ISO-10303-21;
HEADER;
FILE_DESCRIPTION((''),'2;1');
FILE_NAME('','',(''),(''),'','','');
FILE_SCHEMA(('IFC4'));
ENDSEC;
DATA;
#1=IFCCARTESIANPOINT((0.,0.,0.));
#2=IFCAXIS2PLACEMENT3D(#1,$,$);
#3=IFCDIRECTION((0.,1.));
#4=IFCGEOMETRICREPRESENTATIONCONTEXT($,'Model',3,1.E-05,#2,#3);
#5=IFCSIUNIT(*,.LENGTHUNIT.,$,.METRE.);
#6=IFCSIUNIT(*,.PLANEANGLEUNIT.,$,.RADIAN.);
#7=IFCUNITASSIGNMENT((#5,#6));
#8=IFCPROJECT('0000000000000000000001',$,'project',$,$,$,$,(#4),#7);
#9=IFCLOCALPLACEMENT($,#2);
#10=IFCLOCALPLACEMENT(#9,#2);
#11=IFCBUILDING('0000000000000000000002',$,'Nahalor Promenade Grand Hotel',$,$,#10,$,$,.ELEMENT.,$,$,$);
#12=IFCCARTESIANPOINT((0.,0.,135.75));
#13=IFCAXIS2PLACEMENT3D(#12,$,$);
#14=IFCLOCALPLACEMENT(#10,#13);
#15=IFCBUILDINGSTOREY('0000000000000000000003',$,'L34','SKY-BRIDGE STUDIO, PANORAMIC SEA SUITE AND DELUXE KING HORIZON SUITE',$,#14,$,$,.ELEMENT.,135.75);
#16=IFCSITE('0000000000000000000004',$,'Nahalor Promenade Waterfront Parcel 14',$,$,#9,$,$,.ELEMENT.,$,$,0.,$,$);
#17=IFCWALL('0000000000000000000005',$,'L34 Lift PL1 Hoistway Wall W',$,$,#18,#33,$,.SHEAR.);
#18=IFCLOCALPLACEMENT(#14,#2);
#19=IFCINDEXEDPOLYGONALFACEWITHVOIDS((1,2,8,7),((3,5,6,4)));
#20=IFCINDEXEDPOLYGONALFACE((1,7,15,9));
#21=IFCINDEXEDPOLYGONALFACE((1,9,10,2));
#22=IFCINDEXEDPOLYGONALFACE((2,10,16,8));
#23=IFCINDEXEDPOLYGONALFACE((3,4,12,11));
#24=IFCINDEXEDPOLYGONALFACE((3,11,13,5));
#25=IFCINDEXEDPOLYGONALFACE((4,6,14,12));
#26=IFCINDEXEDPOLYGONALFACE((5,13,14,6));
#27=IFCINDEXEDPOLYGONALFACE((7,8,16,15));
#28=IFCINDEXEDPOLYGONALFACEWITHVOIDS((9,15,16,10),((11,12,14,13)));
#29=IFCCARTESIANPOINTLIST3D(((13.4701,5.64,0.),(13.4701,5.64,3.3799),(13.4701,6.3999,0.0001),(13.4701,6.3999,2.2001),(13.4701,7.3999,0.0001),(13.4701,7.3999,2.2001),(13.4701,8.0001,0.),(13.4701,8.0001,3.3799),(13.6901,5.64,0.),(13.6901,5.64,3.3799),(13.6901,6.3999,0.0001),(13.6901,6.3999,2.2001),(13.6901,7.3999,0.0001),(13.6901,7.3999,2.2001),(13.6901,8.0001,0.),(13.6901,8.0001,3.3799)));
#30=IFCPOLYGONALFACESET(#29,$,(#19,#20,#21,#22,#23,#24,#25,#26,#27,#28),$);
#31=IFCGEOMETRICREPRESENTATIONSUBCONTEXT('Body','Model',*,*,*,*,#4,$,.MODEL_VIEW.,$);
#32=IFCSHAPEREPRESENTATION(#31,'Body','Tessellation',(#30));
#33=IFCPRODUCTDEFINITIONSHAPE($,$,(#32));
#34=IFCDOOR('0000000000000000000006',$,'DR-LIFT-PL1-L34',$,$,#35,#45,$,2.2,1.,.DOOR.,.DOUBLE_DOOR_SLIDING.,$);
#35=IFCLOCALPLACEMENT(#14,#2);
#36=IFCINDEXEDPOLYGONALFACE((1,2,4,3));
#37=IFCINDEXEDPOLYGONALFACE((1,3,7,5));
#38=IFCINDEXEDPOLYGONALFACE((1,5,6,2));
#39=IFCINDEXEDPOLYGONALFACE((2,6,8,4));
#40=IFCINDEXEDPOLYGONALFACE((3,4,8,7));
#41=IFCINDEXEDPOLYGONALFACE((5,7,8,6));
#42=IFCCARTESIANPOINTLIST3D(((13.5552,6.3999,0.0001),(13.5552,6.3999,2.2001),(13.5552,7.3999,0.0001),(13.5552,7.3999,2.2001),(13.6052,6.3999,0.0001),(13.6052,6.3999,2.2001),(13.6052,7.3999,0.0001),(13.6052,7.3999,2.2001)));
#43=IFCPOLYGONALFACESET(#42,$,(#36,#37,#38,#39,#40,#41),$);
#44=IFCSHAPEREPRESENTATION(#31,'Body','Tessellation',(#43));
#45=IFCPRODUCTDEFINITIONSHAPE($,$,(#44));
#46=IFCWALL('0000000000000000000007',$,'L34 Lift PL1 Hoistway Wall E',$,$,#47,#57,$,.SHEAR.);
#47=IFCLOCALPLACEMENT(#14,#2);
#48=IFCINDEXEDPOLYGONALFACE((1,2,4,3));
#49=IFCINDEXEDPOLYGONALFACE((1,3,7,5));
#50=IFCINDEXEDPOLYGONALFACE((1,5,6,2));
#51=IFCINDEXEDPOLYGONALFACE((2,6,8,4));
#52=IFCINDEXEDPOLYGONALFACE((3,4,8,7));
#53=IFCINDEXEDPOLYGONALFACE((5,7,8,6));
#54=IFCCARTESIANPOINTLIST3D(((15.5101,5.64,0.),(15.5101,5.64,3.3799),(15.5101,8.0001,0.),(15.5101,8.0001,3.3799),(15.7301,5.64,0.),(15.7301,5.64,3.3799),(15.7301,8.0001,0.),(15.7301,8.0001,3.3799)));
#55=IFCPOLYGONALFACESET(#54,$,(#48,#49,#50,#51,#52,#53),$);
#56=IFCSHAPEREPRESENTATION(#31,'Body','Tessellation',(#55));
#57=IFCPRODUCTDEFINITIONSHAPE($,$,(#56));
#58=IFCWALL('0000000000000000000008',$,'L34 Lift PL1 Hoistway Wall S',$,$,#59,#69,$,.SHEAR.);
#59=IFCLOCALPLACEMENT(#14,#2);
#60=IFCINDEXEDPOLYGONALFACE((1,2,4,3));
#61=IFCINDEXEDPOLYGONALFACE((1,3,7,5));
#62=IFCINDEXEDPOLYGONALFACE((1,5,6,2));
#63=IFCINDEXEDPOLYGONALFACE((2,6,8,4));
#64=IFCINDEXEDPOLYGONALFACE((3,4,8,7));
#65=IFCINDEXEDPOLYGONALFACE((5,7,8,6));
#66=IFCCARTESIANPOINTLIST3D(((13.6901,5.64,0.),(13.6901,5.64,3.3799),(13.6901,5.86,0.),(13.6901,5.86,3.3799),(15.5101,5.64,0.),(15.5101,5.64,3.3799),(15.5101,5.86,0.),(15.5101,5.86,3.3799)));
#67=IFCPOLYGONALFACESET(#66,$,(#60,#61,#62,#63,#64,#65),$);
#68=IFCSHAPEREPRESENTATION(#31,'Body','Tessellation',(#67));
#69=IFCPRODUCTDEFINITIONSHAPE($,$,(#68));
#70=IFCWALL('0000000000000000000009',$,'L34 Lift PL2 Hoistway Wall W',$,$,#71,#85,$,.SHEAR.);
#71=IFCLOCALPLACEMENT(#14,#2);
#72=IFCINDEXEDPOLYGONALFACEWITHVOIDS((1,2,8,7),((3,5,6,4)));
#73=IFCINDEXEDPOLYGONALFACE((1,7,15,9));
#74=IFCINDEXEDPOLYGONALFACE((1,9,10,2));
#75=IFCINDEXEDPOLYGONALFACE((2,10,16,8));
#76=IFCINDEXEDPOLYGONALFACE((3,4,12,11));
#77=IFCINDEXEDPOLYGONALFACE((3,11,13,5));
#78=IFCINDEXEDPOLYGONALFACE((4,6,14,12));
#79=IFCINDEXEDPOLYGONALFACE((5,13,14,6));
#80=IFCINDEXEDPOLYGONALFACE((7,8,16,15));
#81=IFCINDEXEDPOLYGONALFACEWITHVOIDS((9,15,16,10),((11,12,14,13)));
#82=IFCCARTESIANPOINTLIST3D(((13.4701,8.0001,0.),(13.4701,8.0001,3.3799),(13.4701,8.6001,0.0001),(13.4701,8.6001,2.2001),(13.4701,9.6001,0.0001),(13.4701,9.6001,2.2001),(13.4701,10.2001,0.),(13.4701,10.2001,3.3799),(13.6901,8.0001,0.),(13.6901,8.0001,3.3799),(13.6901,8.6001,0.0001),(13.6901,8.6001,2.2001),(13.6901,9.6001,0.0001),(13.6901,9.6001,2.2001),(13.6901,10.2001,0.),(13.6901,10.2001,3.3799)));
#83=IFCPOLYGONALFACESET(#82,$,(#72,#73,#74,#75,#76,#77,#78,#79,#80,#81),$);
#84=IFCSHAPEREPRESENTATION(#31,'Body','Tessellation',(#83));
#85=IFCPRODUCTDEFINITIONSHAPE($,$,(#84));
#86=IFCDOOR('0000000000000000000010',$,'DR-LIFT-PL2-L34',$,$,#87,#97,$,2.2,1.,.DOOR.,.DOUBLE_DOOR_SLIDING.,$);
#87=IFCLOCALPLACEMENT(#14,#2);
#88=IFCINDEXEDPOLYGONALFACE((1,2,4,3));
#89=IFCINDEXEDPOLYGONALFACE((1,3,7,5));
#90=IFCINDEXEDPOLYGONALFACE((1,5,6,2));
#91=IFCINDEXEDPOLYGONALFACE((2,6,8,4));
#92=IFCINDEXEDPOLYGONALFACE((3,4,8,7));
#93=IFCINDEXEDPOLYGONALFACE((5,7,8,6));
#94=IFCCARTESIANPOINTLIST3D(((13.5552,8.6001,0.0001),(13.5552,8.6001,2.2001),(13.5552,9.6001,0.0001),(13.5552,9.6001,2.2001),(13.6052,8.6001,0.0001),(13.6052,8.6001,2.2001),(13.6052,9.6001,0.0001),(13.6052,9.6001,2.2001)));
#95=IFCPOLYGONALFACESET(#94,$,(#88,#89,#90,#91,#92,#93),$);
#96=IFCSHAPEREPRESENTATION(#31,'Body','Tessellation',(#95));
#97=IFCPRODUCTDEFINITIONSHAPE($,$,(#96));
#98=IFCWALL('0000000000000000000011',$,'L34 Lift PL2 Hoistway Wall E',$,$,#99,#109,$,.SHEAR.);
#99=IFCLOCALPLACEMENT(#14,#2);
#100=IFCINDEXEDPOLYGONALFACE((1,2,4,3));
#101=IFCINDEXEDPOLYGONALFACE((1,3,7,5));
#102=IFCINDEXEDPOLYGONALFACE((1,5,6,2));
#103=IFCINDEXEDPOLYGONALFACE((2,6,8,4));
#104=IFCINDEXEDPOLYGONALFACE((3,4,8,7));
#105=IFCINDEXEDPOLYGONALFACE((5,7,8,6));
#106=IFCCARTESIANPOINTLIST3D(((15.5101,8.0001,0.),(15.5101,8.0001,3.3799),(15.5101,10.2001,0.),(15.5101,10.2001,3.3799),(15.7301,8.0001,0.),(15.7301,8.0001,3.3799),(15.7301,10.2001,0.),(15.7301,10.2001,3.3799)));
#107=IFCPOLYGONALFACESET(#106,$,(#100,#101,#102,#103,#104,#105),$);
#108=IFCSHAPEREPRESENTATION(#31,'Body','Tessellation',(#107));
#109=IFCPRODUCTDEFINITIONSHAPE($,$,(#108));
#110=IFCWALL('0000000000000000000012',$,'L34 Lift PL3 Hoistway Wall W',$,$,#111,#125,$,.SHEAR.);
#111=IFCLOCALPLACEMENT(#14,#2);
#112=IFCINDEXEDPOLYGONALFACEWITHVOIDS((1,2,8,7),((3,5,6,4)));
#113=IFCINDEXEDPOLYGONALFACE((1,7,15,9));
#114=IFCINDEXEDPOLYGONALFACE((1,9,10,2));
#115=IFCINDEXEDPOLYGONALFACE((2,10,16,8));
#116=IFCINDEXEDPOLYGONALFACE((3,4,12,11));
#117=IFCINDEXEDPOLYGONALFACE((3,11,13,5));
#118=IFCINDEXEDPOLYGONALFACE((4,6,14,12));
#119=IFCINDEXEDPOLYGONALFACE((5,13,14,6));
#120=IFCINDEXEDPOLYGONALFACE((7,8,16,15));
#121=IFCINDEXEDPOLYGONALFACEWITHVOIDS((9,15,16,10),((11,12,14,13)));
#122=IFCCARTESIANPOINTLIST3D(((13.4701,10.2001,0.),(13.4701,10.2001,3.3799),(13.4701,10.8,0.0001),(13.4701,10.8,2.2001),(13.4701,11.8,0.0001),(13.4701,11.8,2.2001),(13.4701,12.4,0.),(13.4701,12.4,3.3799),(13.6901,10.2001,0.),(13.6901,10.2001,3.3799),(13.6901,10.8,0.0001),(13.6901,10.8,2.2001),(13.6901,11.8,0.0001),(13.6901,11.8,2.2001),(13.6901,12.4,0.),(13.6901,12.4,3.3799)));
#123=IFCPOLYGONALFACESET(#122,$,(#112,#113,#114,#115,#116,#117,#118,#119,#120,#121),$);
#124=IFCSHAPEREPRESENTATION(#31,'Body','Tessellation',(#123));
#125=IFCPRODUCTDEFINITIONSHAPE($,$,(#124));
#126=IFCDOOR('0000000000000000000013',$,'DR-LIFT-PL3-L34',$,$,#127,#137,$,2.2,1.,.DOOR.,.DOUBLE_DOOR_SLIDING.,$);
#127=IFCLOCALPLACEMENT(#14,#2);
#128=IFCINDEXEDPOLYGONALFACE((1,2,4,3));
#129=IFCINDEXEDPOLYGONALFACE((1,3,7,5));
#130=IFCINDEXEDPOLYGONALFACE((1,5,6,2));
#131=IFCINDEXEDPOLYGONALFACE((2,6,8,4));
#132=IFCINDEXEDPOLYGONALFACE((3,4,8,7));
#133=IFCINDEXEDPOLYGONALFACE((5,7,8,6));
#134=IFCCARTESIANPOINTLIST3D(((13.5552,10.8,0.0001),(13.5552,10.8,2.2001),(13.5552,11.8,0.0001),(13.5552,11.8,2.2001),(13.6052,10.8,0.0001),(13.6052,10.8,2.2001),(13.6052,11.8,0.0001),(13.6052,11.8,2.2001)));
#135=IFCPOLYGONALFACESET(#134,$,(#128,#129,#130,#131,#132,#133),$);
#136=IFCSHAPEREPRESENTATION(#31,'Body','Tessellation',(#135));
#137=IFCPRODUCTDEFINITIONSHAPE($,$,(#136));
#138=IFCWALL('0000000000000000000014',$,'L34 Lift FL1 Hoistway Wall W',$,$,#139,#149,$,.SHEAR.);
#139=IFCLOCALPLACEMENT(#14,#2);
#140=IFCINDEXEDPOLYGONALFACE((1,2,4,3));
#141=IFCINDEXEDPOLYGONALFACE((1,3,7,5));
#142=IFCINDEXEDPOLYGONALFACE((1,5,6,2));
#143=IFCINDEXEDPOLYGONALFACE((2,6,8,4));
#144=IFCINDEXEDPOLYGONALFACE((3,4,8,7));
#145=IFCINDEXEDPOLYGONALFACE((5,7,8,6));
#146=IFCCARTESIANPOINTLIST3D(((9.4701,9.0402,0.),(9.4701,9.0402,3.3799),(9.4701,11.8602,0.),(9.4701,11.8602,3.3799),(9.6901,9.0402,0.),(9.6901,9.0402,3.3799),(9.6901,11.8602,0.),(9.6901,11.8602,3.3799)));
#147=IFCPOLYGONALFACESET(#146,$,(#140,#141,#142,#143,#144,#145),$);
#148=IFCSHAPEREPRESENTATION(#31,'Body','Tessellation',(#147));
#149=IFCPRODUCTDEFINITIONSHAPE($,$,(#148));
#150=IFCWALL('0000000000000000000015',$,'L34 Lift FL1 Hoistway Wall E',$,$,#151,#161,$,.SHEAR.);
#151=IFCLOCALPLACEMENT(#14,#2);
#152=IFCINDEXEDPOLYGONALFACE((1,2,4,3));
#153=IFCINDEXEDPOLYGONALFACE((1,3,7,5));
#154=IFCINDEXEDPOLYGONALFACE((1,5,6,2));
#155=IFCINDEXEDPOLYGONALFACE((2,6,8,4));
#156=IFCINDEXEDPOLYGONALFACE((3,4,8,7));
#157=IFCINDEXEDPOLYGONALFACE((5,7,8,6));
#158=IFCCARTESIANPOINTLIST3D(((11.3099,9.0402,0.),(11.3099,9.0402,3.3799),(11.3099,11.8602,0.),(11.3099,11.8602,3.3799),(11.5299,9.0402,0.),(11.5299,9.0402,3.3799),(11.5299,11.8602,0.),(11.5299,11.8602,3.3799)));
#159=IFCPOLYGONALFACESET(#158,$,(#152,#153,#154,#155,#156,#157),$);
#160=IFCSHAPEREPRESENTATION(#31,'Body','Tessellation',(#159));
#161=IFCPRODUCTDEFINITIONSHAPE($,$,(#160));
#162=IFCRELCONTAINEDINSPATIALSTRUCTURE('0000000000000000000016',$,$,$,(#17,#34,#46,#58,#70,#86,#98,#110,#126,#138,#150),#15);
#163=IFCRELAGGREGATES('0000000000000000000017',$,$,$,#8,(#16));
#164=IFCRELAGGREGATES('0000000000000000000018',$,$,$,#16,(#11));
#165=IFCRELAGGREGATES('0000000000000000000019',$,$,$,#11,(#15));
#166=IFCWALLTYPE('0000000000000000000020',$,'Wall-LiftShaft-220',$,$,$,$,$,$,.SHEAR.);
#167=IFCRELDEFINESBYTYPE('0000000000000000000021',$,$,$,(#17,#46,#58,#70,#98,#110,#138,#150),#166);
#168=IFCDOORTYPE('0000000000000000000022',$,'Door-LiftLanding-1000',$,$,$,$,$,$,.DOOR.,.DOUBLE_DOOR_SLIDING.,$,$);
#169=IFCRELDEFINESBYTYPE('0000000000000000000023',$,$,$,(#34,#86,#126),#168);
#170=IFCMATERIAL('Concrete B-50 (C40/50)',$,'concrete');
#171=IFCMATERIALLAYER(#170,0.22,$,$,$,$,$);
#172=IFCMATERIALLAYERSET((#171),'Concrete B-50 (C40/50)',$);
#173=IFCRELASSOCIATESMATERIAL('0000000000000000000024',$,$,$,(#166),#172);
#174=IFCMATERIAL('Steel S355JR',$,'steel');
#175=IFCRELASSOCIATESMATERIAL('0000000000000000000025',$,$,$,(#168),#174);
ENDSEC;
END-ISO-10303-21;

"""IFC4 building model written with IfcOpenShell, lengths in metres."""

from ifc_helpers import new_model, si_unit, direction, frame, frame_2d, origin, place, context, subcontext, project, spatial, rectangle, extrude, source, transform, mapped, material, layer, layer_set, type_object, element, fill, save


model = new_model("IFC4")

# Units and contexts
model_context = context("Model", 3, precision=1e-05, world=origin(), true_north=direction((0.0, 1.0)))
body_context = subcontext(model_context, "Body", "Model", "MODEL_VIEW")
ifc_project = project(units=[si_unit("LENGTHUNIT", "METRE"), si_unit("PLANEANGLEUNIT", "RADIAN")], contexts=[model_context])

# Site, building, storey
site_placement = place(None, origin())
site = spatial("IfcSite", under=ifc_project, at=site_placement, Name="Nahalor Promenade Waterfront Parcel 14", CompositionType="ELEMENT", RefElevation=0.0)
building_placement = place(site_placement, origin())
building = spatial("IfcBuilding", under=site, at=building_placement, Name="Nahalor Promenade Grand Hotel", CompositionType="ELEMENT")
storey_placement = place(building_placement, frame((0.0, 0.0, 135.75)))
storey = spatial("IfcBuildingStorey", under=building, at=storey_placement, Name="L34", Description="SKY-BRIDGE STUDIO, PANORAMIC SEA SUITE AND DELUXE KING HORIZON SUITE", CompositionType="ELEMENT", Elevation=135.75)

# Shared definitions
ifc_material_1 = material(Name="Steel S355JR", Category="steel")

# Shared definitions
ifc_material_2 = material(Name="Concrete B-50 (C40/50)", Category="concrete")

# Shared definitions
ifc_layer_1 = layer(ifc_material_2, 0.22)
ifc_layer_set_1 = layer_set([ifc_layer_1], Name="Concrete B-50 (C40/50)")
wall_type_1 = type_object("IfcWallType", Name="Wall-LiftShaft-220", PredefinedType="SHEAR", material=ifc_layer_set_1)

# Wall, opening, door
shared_shape_1 = source(origin(), body_context, "Body", "SweptSolid", [
    extrude(rectangle(XDim=2.3601, YDim=0.22, at=frame_2d((1.1802, 0.0))), origin(), (0.0, 0.0, 1.0), 3.3799),
])
wall_1_placement = place(storey_placement, frame((13.5801, 5.6399, 0.0), z_axis=(0.0, 0.0, 1.0), x_axis=(0.0, 1.0, 0.0)))
wall_1 = element("IfcWall", 1, at=wall_1_placement, inside=storey, type_object=wall_type_1, Name="L34 Lift PL1 Hoistway Wall W", PredefinedType="SHEAR", context=body_context, shape_type="MappedRepresentation", body=[
    mapped(shared_shape_1, transform((0.0, 0.0, 0.0), scale=1.0)),
])
opening_1_placement = place(wall_1_placement, frame((0.76, 0.0, 0.0)))
opening_1 = element("IfcOpeningElement", 2, at=opening_1_placement, cuts=wall_1, PredefinedType="OPENING", context=body_context, shape_type="SweptSolid", body=[
    extrude(rectangle(XDim=1.0, YDim=2.2, at=frame_2d((0.5, 1.1001))), frame((0.0, 0.1199, 0.0), z_axis=(0.0, -1.0, 0.0), x_axis=(1.0, 0.0, 0.0)), (0.0, 0.0, 1.0), 0.24),
])
door_type_1 = type_object("IfcDoorType", Name="Door-LiftLanding-1000", OperationType="DOUBLE_DOOR_SLIDING", PredefinedType="DOOR", material=ifc_material_1)
shared_shape_2 = source(origin(), body_context, "Body", "SweptSolid", [
    extrude(rectangle(XDim=1.0, YDim=2.2, at=frame_2d((0.5, 1.1001))), frame((0.0, 0.0249, 0.0), z_axis=(0.0, -1.0, 0.0), x_axis=(1.0, 0.0, 0.0)), (0.0, 0.0, 1.0), 0.05),
])
door_1_placement = place(opening_1_placement, origin())
door_1 = element("IfcDoor", 3, at=door_1_placement, inside=storey, type_object=door_type_1, Name="DR-LIFT-PL1-L34", OperationType="DOUBLE_DOOR_SLIDING", OverallHeight=2.2, OverallWidth=1.0, PredefinedType="DOOR", context=body_context, shape_type="MappedRepresentation", body=[
    mapped(shared_shape_2, transform((0.0, 0.0, 0.0), scale=1.0)),
])
fill(opening_1, door_1)

# Walls
wall_2_placement = place(storey_placement, frame((15.6201, 5.6399, 0.0), z_axis=(0.0, 0.0, 1.0), x_axis=(0.0, 1.0, 0.0)))
element("IfcWall", 4, at=wall_2_placement, inside=storey, type_object=wall_type_1, Name="L34 Lift PL1 Hoistway Wall E", PredefinedType="SHEAR", context=body_context, shape_type="MappedRepresentation", body=[
    mapped(shared_shape_1, transform((0.0, 0.0, 0.0), scale=1.0)),
])
shared_shape_3 = source(origin(), body_context, "Body", "SweptSolid", [
    extrude(rectangle(XDim=1.8201, YDim=0.22, at=frame_2d((0.9102, 0.0))), origin(), (0.0, 0.0, 1.0), 3.3799),
])
wall_3_placement = place(storey_placement, frame((13.6899, 5.75, 0.0), z_axis=(0.0, 0.0, 1.0), x_axis=(1.0, 0.0, 0.0)))
element("IfcWall", 5, at=wall_3_placement, inside=storey, type_object=wall_type_1, Name="L34 Lift PL1 Hoistway Wall S", PredefinedType="SHEAR", context=body_context, shape_type="MappedRepresentation", body=[
    mapped(shared_shape_3, transform((0.0, 0.0, 0.0), scale=1.0)),
])

# Wall, opening, door
shared_shape_4 = source(origin(), body_context, "Body", "SweptSolid", [
    extrude(rectangle(XDim=2.2, YDim=0.22, at=frame_2d((1.1001, 0.0))), origin(), (0.0, 0.0, 1.0), 3.3799),
])
wall_4_placement = place(storey_placement, frame((13.5801, 8.0, 0.0), z_axis=(0.0, 0.0, 1.0), x_axis=(0.0, 1.0, 0.0)))
wall_4 = element("IfcWall", 6, at=wall_4_placement, inside=storey, type_object=wall_type_1, Name="L34 Lift PL2 Hoistway Wall W", PredefinedType="SHEAR", context=body_context, shape_type="MappedRepresentation", body=[
    mapped(shared_shape_4, transform((0.0, 0.0, 0.0), scale=1.0)),
])
opening_2_placement = place(wall_4_placement, frame((0.6001, 0.0, 0.0)))
opening_2 = element("IfcOpeningElement", 7, at=opening_2_placement, cuts=wall_4, PredefinedType="OPENING", context=body_context, shape_type="SweptSolid", body=[
    extrude(rectangle(XDim=1.0, YDim=2.2, at=frame_2d((0.5, 1.1001))), frame((0.0, 0.1199, 0.0), z_axis=(0.0, -1.0, 0.0), x_axis=(1.0, 0.0, 0.0)), (0.0, 0.0, 1.0), 0.24),
])
door_2_placement = place(opening_2_placement, origin())
door_2 = element("IfcDoor", 8, at=door_2_placement, inside=storey, type_object=door_type_1, Name="DR-LIFT-PL2-L34", OperationType="DOUBLE_DOOR_SLIDING", OverallHeight=2.2, OverallWidth=1.0, PredefinedType="DOOR", context=body_context, shape_type="MappedRepresentation", body=[
    mapped(shared_shape_2, transform((0.0, 0.0, 0.0), scale=1.0)),
])
fill(opening_2, door_2)

# Wall
wall_5_placement = place(storey_placement, frame((15.6201, 8.0, 0.0), z_axis=(0.0, 0.0, 1.0), x_axis=(0.0, 1.0, 0.0)))
element("IfcWall", 9, at=wall_5_placement, inside=storey, type_object=wall_type_1, Name="L34 Lift PL2 Hoistway Wall E", PredefinedType="SHEAR", context=body_context, shape_type="MappedRepresentation", body=[
    mapped(shared_shape_4, transform((0.0, 0.0, 0.0), scale=1.0)),
])

# Wall, opening, door
wall_6_placement = place(storey_placement, frame((13.5801, 10.2, 0.0), z_axis=(0.0, 0.0, 1.0), x_axis=(0.0, 1.0, 0.0)))
wall_6 = element("IfcWall", 10, at=wall_6_placement, inside=storey, type_object=wall_type_1, Name="L34 Lift PL3 Hoistway Wall W", PredefinedType="SHEAR", context=body_context, shape_type="MappedRepresentation", body=[
    mapped(shared_shape_4, transform((0.0, 0.0, 0.0), scale=1.0)),
])
opening_3_placement = place(wall_6_placement, frame((0.6001, 0.0, 0.0)))
opening_3 = element("IfcOpeningElement", 11, at=opening_3_placement, cuts=wall_6, PredefinedType="OPENING", context=body_context, shape_type="SweptSolid", body=[
    extrude(rectangle(XDim=1.0, YDim=2.2, at=frame_2d((0.5, 1.1001))), frame((0.0, 0.1199, 0.0), z_axis=(0.0, -1.0, 0.0), x_axis=(1.0, 0.0, 0.0)), (0.0, 0.0, 1.0), 0.24),
])
door_3_placement = place(opening_3_placement, origin())
door_3 = element("IfcDoor", 12, at=door_3_placement, inside=storey, type_object=door_type_1, Name="DR-LIFT-PL3-L34", OperationType="DOUBLE_DOOR_SLIDING", OverallHeight=2.2, OverallWidth=1.0, PredefinedType="DOOR", context=body_context, shape_type="MappedRepresentation", body=[
    mapped(shared_shape_2, transform((0.0, 0.0, 0.0), scale=1.0)),
])
fill(opening_3, door_3)

# Walls
shared_shape_5 = source(origin(), body_context, "Body", "SweptSolid", [
    extrude(rectangle(XDim=2.8201, YDim=0.22, at=frame_2d((1.4102, 0.0))), origin(), (0.0, 0.0, 1.0), 3.3799),
])
for number, where, z_axis, x_axis, name in (
    (13, (9.5801, 9.04, 0.0), (0.0, 0.0, 1.0), (0.0, 1.0, 0.0), "L34 Lift FL1 Hoistway Wall W"),
    (14, (11.4199, 9.04, 0.0), (0.0, 0.0, 1.0), (0.0, 1.0, 0.0), "L34 Lift FL1 Hoistway Wall E"),
):
    element("IfcWall", number, at=place(storey_placement, frame(where, z_axis=z_axis, x_axis=x_axis)), inside=storey, type_object=wall_type_1, Name=name, PredefinedType="SHEAR", context=body_context, shape_type="MappedRepresentation", body=[
        mapped(shared_shape_5, transform((0.0, 0.0, 0.0), scale=1.0)),
    ])

save(model, "model.ifc")
